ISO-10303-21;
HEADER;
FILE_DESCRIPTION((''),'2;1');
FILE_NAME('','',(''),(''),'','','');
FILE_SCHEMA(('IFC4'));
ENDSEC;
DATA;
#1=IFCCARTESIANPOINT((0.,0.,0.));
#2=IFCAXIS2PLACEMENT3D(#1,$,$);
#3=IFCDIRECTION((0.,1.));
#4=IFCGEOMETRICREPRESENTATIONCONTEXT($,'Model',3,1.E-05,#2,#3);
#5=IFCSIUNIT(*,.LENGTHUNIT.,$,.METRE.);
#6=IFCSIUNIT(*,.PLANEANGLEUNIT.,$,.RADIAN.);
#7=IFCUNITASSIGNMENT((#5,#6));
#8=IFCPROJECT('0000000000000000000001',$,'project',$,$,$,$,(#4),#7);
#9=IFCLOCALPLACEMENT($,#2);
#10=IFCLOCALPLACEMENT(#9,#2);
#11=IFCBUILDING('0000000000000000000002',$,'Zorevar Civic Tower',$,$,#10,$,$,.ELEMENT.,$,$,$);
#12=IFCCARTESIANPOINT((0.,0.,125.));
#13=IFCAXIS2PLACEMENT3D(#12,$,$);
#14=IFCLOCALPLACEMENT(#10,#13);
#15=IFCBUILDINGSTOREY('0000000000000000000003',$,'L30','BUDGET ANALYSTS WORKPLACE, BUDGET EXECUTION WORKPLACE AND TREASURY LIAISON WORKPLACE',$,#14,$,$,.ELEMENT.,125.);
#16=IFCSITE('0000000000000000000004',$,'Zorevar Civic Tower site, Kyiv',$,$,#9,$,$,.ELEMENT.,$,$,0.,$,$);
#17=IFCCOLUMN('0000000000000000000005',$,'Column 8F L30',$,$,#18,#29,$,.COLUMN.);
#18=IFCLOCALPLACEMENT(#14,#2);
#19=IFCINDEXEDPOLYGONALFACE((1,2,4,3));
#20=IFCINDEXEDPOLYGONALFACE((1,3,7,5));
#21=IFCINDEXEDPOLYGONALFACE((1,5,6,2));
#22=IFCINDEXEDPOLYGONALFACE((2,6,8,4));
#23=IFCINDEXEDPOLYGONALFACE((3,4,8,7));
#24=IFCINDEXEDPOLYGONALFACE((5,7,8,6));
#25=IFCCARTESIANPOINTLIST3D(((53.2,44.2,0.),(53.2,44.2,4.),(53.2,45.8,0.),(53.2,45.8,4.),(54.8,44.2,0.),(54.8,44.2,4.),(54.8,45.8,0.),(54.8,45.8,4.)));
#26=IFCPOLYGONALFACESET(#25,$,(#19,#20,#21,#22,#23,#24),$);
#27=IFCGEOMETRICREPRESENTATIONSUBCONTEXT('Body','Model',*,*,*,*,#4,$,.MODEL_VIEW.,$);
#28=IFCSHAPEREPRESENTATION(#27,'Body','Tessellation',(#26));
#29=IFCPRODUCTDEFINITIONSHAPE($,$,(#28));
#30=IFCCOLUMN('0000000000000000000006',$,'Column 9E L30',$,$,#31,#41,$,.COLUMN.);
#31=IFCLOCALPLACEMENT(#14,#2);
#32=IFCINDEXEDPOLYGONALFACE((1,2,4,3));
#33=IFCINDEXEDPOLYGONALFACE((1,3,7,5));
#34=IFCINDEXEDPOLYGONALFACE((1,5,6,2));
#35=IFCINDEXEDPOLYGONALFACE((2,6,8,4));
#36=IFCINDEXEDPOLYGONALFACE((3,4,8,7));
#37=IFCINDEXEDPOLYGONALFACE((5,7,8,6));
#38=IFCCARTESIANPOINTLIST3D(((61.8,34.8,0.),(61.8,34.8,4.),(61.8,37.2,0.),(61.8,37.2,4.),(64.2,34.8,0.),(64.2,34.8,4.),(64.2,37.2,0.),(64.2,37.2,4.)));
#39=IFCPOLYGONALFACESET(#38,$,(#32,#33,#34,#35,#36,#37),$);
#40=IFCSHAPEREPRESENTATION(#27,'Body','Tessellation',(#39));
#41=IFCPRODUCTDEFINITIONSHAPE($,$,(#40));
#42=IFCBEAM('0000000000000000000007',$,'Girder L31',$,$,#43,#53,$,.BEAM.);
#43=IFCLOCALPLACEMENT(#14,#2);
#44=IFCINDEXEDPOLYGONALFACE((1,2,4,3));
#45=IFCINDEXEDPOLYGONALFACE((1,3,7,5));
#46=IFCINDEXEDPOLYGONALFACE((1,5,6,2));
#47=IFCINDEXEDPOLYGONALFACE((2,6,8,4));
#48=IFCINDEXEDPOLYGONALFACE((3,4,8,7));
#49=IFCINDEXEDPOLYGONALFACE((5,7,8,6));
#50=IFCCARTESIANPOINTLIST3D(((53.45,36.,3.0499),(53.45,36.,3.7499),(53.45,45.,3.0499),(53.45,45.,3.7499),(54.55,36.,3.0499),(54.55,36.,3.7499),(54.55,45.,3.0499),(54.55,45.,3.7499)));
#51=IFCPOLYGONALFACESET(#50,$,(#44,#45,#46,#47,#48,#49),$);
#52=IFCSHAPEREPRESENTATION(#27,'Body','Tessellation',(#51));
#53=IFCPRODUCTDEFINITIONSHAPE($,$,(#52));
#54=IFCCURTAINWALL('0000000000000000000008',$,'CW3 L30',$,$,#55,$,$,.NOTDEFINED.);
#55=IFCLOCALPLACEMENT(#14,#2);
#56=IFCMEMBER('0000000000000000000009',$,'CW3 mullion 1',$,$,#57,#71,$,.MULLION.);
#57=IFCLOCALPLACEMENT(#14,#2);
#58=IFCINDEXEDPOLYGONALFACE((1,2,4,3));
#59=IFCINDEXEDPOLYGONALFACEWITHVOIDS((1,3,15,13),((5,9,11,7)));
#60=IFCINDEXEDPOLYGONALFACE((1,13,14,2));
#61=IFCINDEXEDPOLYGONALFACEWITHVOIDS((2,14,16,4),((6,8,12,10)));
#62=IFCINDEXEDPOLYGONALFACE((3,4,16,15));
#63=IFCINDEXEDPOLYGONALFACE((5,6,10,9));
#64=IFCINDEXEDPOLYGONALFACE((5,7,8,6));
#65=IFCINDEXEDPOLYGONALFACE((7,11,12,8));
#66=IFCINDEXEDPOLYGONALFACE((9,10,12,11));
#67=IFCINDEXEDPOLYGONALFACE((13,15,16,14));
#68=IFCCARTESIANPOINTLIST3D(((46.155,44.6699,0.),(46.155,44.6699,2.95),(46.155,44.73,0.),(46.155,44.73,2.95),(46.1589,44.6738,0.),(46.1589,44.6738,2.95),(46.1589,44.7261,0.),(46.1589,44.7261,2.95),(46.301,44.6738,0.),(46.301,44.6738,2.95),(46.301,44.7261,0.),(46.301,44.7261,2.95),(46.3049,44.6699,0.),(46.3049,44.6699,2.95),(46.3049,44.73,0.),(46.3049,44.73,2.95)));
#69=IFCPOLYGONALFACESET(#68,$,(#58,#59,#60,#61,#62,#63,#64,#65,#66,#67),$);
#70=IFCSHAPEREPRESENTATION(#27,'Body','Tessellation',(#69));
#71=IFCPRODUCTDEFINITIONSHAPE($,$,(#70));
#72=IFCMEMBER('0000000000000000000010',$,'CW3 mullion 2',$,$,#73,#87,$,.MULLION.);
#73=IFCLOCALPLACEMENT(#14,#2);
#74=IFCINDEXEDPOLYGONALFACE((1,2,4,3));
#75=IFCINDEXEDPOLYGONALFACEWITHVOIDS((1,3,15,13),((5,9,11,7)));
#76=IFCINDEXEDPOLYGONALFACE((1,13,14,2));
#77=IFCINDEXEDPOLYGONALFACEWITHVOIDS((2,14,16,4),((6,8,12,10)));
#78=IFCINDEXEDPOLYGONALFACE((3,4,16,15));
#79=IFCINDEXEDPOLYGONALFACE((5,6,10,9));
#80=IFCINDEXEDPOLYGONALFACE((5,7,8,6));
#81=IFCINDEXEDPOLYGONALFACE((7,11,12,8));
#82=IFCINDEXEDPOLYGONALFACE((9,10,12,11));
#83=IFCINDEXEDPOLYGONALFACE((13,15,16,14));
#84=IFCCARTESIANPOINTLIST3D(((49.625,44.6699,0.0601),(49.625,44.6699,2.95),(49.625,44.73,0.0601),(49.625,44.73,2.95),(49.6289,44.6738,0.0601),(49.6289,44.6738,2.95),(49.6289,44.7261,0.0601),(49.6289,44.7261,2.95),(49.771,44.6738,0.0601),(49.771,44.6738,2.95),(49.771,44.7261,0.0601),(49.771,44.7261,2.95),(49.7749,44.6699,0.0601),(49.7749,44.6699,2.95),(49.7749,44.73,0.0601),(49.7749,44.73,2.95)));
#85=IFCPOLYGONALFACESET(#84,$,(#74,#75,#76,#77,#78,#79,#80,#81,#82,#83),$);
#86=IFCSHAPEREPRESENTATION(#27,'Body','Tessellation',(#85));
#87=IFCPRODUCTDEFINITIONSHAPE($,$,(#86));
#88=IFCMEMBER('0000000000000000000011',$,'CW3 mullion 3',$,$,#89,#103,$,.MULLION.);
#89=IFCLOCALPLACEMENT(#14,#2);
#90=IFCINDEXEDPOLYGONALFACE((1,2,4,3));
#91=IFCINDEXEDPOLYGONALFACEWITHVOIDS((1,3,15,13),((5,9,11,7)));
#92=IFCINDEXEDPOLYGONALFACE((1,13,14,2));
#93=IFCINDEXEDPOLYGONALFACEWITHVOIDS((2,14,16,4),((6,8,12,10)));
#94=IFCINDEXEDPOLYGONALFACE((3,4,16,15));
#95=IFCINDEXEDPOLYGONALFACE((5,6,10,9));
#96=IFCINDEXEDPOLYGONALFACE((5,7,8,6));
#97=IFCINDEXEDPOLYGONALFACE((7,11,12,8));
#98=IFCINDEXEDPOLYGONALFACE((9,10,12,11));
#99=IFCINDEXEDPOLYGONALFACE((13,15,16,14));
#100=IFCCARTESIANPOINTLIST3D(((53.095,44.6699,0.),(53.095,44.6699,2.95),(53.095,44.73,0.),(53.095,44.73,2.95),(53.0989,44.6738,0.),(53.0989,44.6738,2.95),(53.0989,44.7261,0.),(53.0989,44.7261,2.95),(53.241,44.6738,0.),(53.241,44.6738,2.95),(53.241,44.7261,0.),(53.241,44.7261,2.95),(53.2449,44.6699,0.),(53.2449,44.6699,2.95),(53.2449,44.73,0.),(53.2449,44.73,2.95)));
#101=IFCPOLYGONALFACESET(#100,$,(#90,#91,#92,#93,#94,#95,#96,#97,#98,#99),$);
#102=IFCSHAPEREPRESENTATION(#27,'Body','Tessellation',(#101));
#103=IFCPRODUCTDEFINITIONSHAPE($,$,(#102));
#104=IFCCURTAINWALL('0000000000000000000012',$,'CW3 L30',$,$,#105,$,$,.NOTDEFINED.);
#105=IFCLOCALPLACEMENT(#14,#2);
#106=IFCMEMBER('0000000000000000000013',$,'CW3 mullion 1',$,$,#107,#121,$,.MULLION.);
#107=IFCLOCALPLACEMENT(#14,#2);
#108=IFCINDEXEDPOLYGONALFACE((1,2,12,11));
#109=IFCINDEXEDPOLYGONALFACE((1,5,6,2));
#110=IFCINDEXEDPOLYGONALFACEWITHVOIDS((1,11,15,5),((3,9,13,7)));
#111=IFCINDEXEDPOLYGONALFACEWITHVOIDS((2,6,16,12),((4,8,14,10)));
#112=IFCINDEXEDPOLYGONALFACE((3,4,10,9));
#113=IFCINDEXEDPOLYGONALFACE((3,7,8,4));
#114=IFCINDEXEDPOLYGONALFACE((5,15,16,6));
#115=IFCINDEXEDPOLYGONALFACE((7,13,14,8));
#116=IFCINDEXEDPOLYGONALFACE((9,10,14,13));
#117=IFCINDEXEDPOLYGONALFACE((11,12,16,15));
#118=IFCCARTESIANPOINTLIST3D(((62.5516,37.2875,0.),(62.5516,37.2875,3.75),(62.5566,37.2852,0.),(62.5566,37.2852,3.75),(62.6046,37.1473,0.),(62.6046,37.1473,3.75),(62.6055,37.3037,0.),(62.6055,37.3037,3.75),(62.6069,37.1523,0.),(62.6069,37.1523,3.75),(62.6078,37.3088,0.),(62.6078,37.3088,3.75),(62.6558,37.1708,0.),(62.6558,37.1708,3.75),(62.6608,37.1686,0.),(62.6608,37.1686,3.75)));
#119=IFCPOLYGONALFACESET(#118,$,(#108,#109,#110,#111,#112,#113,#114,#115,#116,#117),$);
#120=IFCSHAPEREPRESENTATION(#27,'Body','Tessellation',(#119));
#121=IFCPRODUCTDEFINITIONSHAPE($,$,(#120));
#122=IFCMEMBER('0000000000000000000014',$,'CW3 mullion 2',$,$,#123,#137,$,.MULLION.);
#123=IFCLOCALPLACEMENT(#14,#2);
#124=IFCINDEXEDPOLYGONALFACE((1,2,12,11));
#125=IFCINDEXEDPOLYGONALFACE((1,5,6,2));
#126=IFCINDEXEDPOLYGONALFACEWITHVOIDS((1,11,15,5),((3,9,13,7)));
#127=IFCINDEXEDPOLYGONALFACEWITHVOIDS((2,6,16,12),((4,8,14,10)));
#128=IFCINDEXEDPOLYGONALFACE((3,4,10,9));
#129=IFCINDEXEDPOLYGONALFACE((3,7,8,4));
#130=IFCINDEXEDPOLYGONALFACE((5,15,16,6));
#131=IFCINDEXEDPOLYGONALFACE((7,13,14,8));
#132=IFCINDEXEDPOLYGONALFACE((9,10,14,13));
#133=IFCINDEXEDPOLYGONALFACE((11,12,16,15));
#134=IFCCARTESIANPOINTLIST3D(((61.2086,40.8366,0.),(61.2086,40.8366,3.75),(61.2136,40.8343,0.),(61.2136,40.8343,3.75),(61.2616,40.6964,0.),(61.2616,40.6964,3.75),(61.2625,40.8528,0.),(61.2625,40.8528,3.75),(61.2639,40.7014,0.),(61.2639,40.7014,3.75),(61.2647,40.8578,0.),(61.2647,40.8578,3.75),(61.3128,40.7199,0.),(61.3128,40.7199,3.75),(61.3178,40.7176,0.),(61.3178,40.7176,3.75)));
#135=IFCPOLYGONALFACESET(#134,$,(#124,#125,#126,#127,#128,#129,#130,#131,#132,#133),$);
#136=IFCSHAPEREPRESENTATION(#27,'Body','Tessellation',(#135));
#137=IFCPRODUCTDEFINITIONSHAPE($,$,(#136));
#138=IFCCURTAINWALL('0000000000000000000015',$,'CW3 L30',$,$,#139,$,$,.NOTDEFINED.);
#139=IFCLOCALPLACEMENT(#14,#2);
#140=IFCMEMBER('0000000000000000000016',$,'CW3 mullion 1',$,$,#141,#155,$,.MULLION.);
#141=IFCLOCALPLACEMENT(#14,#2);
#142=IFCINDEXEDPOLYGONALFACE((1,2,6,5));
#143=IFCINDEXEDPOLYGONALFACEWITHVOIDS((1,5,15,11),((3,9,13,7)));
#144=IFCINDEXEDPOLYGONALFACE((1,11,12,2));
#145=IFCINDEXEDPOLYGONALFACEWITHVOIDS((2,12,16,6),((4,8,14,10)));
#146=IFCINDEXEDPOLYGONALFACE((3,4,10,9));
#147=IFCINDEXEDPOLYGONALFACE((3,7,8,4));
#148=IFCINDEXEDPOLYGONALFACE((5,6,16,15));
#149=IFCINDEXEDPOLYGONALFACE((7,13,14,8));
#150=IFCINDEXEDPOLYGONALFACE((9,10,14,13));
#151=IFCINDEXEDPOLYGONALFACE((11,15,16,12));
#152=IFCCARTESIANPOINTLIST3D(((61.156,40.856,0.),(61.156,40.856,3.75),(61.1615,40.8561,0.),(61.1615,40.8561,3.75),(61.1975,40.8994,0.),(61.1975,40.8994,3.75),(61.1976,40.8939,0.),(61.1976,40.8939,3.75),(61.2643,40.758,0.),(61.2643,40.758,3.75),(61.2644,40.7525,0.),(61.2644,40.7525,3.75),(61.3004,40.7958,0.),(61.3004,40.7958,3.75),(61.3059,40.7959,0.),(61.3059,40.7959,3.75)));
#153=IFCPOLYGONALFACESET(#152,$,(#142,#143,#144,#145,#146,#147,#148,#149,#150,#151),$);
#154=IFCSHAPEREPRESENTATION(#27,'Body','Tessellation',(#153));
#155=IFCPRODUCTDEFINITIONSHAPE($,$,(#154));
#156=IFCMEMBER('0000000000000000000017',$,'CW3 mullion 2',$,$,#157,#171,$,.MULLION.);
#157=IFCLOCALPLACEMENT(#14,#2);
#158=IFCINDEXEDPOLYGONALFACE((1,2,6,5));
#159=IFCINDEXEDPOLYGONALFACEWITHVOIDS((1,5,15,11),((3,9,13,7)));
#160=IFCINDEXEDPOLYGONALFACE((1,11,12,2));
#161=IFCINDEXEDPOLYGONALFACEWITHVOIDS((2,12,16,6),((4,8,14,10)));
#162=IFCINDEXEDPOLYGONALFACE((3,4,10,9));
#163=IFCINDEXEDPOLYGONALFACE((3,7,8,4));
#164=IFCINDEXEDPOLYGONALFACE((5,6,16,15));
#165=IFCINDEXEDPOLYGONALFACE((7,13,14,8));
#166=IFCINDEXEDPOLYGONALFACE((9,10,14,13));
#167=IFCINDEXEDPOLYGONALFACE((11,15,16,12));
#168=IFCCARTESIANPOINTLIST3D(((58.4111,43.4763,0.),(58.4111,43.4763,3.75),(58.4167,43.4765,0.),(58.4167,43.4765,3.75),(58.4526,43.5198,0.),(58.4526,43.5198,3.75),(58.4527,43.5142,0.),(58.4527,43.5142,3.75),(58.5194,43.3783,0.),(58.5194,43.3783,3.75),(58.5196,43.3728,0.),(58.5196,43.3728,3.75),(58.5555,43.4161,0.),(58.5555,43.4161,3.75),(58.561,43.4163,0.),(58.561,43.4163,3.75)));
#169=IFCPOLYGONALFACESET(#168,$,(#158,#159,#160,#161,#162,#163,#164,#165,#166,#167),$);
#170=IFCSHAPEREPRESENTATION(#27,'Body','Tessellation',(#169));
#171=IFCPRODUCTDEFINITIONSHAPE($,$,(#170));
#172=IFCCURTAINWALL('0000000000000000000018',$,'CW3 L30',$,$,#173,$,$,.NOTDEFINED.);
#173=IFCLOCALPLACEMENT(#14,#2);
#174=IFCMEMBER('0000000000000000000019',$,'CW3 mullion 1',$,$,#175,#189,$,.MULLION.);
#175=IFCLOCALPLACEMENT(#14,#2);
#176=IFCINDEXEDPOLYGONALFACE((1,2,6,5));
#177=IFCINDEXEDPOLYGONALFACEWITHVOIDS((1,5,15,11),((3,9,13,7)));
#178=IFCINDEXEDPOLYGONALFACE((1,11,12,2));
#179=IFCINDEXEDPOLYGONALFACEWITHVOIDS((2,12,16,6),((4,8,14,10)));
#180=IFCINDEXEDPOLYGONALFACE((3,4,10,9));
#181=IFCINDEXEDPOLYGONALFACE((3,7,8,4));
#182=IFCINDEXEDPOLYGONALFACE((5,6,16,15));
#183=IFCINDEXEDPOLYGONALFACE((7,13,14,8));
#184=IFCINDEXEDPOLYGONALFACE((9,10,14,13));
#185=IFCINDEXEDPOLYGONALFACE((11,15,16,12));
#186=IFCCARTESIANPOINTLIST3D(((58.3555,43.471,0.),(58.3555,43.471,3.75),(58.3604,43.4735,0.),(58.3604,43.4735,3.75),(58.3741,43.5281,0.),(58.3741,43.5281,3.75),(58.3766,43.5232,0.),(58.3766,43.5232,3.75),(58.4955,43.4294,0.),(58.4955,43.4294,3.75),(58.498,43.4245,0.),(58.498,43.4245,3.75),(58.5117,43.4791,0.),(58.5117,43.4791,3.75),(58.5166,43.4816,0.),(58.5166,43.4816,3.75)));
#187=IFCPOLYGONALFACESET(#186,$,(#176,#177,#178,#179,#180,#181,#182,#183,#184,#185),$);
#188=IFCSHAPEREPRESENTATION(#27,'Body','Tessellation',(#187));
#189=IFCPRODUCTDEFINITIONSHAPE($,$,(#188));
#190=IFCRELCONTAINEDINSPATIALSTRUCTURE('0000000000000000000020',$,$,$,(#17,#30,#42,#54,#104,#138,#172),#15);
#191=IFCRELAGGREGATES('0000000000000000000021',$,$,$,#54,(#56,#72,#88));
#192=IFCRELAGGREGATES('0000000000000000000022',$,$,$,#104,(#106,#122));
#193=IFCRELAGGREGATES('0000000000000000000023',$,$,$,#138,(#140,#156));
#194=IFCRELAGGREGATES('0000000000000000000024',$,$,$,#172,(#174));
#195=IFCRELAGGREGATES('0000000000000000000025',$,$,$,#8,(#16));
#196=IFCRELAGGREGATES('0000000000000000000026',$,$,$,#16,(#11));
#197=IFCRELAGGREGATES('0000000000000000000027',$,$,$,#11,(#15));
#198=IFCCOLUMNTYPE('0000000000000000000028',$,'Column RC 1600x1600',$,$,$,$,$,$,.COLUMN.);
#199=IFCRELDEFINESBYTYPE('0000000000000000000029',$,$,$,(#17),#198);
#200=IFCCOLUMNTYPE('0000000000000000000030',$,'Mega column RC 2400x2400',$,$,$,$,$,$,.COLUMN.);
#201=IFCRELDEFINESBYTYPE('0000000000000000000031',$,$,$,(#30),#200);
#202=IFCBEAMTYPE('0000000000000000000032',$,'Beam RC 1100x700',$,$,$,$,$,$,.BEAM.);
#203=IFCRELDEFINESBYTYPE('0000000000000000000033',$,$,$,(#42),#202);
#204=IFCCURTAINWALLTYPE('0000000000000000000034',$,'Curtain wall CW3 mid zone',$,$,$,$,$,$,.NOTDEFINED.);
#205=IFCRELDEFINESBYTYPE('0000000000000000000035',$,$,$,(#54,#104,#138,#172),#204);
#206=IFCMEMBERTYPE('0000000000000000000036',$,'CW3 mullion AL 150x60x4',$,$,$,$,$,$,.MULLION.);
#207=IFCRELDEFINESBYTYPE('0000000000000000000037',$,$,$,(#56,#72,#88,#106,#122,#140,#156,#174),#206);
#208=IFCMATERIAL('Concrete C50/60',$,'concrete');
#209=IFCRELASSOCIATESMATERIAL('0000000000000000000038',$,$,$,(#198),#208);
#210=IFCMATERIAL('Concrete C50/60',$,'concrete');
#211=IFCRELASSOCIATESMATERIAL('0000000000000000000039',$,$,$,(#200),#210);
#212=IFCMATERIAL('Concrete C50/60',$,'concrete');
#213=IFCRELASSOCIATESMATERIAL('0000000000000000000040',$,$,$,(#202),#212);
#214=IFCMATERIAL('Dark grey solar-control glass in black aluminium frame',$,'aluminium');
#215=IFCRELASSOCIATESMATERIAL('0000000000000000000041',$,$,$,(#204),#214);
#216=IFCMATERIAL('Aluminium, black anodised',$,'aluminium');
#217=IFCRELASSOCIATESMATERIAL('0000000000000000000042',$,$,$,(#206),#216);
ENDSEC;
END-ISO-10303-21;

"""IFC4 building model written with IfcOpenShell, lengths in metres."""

from ifc_helpers import new_model, si_unit, direction, frame, origin, origin_2d, place, context, subcontext, project, spatial, rectangle, hollow_rectangle, extrude, material, material_profile, profile_set, type_object, element, aggregate, save


model = new_model("IFC4")

# Units and contexts
model_context = context("Model", 3, precision=1e-05, world=origin(), true_north=direction((0.0, 1.0)))
body_context = subcontext(model_context, "Body", "Model", "MODEL_VIEW")
ifc_project = project(units=[si_unit("LENGTHUNIT", "METRE"), si_unit("PLANEANGLEUNIT", "RADIAN")], contexts=[model_context])

# Site, building, storey
site_placement = place(None, origin())
site = spatial("IfcSite", under=ifc_project, at=site_placement, Name="Zorevar Civic Tower site, Kyiv", CompositionType="ELEMENT", RefElevation=0.0)
building_placement = place(site_placement, origin())
building = spatial("IfcBuilding", under=site, at=building_placement, Name="Zorevar Civic Tower", CompositionType="ELEMENT")
storey_placement = place(building_placement, frame((0.0, 0.0, 125.0)))
storey = spatial("IfcBuildingStorey", under=building, at=storey_placement, Name="L30", Description="BUDGET ANALYSTS WORKPLACE, BUDGET EXECUTION WORKPLACE AND TREASURY LIAISON WORKPLACE", CompositionType="ELEMENT", Elevation=125.0)

# Columns
ifc_material_1 = material(Name="Concrete C50/60", Category="concrete")
ifc_material_profile_1 = material_profile(ifc_material_1, rectangle(XDim=1.6001, YDim=1.6001, at=origin_2d()), Name="RC 1600x1600")
ifc_profile_set_1 = profile_set([ifc_material_profile_1], Name="Concrete C50/60")
column_type_1 = type_object("IfcColumnType", Name="Column RC 1600x1600", PredefinedType="COLUMN", material=ifc_profile_set_1)
column_1_placement = place(storey_placement, frame((54.0, 45.0, 0.0), z_axis=(0.0, 0.0, 1.0), x_axis=(1.0, 0.0, 0.0)))
element("IfcColumn", 1, at=column_1_placement, inside=storey, type_object=column_type_1, Name="Column 8F L30", PredefinedType="COLUMN", context=body_context, shape_type="SweptSolid", body=[
    extrude(rectangle(XDim=1.6001, YDim=1.6001, at=origin_2d()), origin(), (0.0, 0.0, 1.0), 4.0),
])
ifc_material_2 = material(Name="Concrete C50/60", Category="concrete")
ifc_material_profile_2 = material_profile(ifc_material_2, rectangle(XDim=2.3999, YDim=2.3999, at=origin_2d()), Name="RC 2400x2400")
ifc_profile_set_2 = profile_set([ifc_material_profile_2], Name="Concrete C50/60")
column_type_2 = type_object("IfcColumnType", Name="Mega column RC 2400x2400", PredefinedType="COLUMN", material=ifc_profile_set_2)
column_2_placement = place(storey_placement, frame((63.0, 36.0, 0.0), z_axis=(0.0, 0.0, 1.0), x_axis=(1.0, 0.0, 0.0)))
element("IfcColumn", 2, at=column_2_placement, inside=storey, type_object=column_type_2, Name="Column 9E L30", PredefinedType="COLUMN", context=body_context, shape_type="SweptSolid", body=[
    extrude(rectangle(XDim=2.3999, YDim=2.3999, at=origin_2d()), origin(), (0.0, 0.0, 1.0), 4.0),
])

# Beam
ifc_material_3 = material(Name="Concrete C50/60", Category="concrete")
ifc_material_profile_3 = material_profile(ifc_material_3, rectangle(XDim=1.1001, YDim=0.7, at=origin_2d()), Name="RC 1100x700")
ifc_profile_set_3 = profile_set([ifc_material_profile_3], Name="Concrete C50/60")
beam_type_1 = type_object("IfcBeamType", Name="Beam RC 1100x700", PredefinedType="BEAM", material=ifc_profile_set_3)
beam_1_placement = place(storey_placement, frame((54.0, 36.0, 3.3999), z_axis=(0.0, 1.0, 0.0), x_axis=(-1.0, 0.0, 0.0)))
element("IfcBeam", 3, at=beam_1_placement, inside=storey, type_object=beam_type_1, Name="Girder L31", PredefinedType="BEAM", context=body_context, shape_type="SweptSolid", body=[
    extrude(rectangle(XDim=1.1001, YDim=0.7, at=origin_2d()), origin(), (0.0, 0.0, 1.0), 9.0),
])

# Curtain walls, members
ifc_material_4 = material(Name="Dark grey solar-control glass in black aluminium frame", Category="aluminium")
curtain_wall_type = type_object("IfcCurtainWallType", Name="Curtain wall CW3 mid zone", PredefinedType="NOTDEFINED", material=ifc_material_4)
curtain_wall_1_placement = place(storey_placement, origin())
curtain_wall_1 = element("IfcCurtainWall", 4, at=curtain_wall_1_placement, inside=storey, type_object=curtain_wall_type, Name="CW3 L30", PredefinedType="NOTDEFINED")
ifc_material_5 = material(Name="Aluminium, black anodised", Category="aluminium")
ifc_material_profile_4 = material_profile(ifc_material_5, hollow_rectangle(XDim=0.0601, YDim=0.1499, WallThickness=0.0039, at=origin_2d()), Name="AL 150x60x4")
ifc_profile_set_4 = profile_set([ifc_material_profile_4], Name="Aluminium, black anodised")
member_type_1 = type_object("IfcMemberType", Name="CW3 mullion AL 150x60x4", PredefinedType="MULLION", material=ifc_profile_set_4)
member_1_placement = place(storey_placement, frame((46.23, 44.7, 0.0), z_axis=(0.0, 0.0, 1.0), x_axis=(0.0, 1.0, 0.0)))
member_1 = element("IfcMember", 5, at=member_1_placement, type_object=member_type_1, Name="CW3 mullion 1", PredefinedType="MULLION", context=body_context, shape_type="SweptSolid", body=[
    extrude(hollow_rectangle(XDim=0.0601, YDim=0.1499, WallThickness=0.0039, at=origin_2d()), origin(), (0.0, 0.0, 1.0), 2.95),
])
member_2_placement = place(storey_placement, frame((49.7, 44.7, 0.0601), z_axis=(0.0, 0.0, 1.0), x_axis=(0.0, 1.0, 0.0)))
member_2 = element("IfcMember", 6, at=member_2_placement, type_object=member_type_1, Name="CW3 mullion 2", PredefinedType="MULLION", context=body_context, shape_type="SweptSolid", body=[
    extrude(hollow_rectangle(XDim=0.0601, YDim=0.1499, WallThickness=0.0039, at=origin_2d()), origin(), (0.0, 0.0, 1.0), 2.8899),
])
member_3_placement = place(storey_placement, frame((53.1699, 44.7, 0.0), z_axis=(0.0, 0.0, 1.0), x_axis=(0.0, 1.0, 0.0)))
member_3 = element("IfcMember", 7, at=member_3_placement, type_object=member_type_1, Name="CW3 mullion 3", PredefinedType="MULLION", context=body_context, shape_type="SweptSolid", body=[
    extrude(hollow_rectangle(XDim=0.0601, YDim=0.1499, WallThickness=0.0039, at=origin_2d()), origin(), (0.0, 0.0, 1.0), 2.95),
])
curtain_wall_2_placement = place(storey_placement, origin())
curtain_wall_2 = element("IfcCurtainWall", 8, at=curtain_wall_2_placement, inside=storey, type_object=curtain_wall_type, Name="CW3 L30", PredefinedType="NOTDEFINED")
member_4_placement = place(storey_placement, frame((62.6062, 37.228, 0.0), z_axis=(0.0, 0.0, 1.0), x_axis=(-0.935277, -0.353918, 0.0)))
member_4 = element("IfcMember", 9, at=member_4_placement, type_object=member_type_1, Name="CW3 mullion 1", PredefinedType="MULLION", context=body_context, shape_type="SweptSolid", body=[
    extrude(hollow_rectangle(XDim=0.0601, YDim=0.1499, WallThickness=0.0039, at=origin_2d()), origin(), (0.0, 0.0, 1.0), 3.75),
])
member_5_placement = place(storey_placement, frame((61.2632, 40.7771, 0.0), z_axis=(0.0, 0.0, 1.0), x_axis=(-0.935277, -0.353918, 0.0)))
member_5 = element("IfcMember", 10, at=member_5_placement, type_object=member_type_1, Name="CW3 mullion 2", PredefinedType="MULLION", context=body_context, shape_type="SweptSolid", body=[
    extrude(hollow_rectangle(XDim=0.0601, YDim=0.1499, WallThickness=0.0039, at=origin_2d()), origin(), (0.0, 0.0, 1.0), 3.75),
])
curtain_wall_3_placement = place(storey_placement, origin())
curtain_wall_3 = element("IfcCurtainWall", 11, at=curtain_wall_3_placement, inside=storey, type_object=curtain_wall_type, Name="CW3 L30", PredefinedType="NOTDEFINED")
member_6_placement = place(storey_placement, frame((61.231, 40.8259, 0.0), z_axis=(0.0, 0.0, 1.0), x_axis=(-0.690545, -0.723289, 0.0)))
member_6 = element("IfcMember", 12, at=member_6_placement, type_object=member_type_1, Name="CW3 mullion 1", PredefinedType="MULLION", context=body_context, shape_type="SweptSolid", body=[
    extrude(hollow_rectangle(XDim=0.0601, YDim=0.1499, WallThickness=0.0039, at=origin_2d()), origin(), (0.0, 0.0, 1.0), 3.75),
])
member_7_placement = place(storey_placement, frame((58.4861, 43.4463, 0.0), z_axis=(0.0, 0.0, 1.0), x_axis=(-0.690545, -0.723289, 0.0)))
member_7 = element("IfcMember", 13, at=member_7_placement, type_object=member_type_1, Name="CW3 mullion 2", PredefinedType="MULLION", context=body_context, shape_type="SweptSolid", body=[
    extrude(hollow_rectangle(XDim=0.0601, YDim=0.1499, WallThickness=0.0039, at=origin_2d()), origin(), (0.0, 0.0, 1.0), 3.75),
])
curtain_wall_4_placement = place(storey_placement, origin())
curtain_wall_4 = element("IfcCurtainWall", 14, at=curtain_wall_4_placement, inside=storey, type_object=curtain_wall_type, Name="CW3 L30", PredefinedType="NOTDEFINED")
member_8_placement = place(storey_placement, frame((58.436, 43.4763, 0.0), z_axis=(0.0, 0.0, 1.0), x_axis=(-0.310263, -0.950651, 0.0)))
member_8 = element("IfcMember", 15, at=member_8_placement, type_object=member_type_1, Name="CW3 mullion 1", PredefinedType="MULLION", context=body_context, shape_type="SweptSolid", body=[
    extrude(hollow_rectangle(XDim=0.0601, YDim=0.1499, WallThickness=0.0039, at=origin_2d()), origin(), (0.0, 0.0, 1.0), 3.75),
])

aggregate(curtain_wall_1, [member_1, member_2, member_3])
aggregate(curtain_wall_2, [member_4, member_5])
aggregate(curtain_wall_3, [member_6, member_7])
aggregate(curtain_wall_4, [member_8])

save(model, "model.ifc")
